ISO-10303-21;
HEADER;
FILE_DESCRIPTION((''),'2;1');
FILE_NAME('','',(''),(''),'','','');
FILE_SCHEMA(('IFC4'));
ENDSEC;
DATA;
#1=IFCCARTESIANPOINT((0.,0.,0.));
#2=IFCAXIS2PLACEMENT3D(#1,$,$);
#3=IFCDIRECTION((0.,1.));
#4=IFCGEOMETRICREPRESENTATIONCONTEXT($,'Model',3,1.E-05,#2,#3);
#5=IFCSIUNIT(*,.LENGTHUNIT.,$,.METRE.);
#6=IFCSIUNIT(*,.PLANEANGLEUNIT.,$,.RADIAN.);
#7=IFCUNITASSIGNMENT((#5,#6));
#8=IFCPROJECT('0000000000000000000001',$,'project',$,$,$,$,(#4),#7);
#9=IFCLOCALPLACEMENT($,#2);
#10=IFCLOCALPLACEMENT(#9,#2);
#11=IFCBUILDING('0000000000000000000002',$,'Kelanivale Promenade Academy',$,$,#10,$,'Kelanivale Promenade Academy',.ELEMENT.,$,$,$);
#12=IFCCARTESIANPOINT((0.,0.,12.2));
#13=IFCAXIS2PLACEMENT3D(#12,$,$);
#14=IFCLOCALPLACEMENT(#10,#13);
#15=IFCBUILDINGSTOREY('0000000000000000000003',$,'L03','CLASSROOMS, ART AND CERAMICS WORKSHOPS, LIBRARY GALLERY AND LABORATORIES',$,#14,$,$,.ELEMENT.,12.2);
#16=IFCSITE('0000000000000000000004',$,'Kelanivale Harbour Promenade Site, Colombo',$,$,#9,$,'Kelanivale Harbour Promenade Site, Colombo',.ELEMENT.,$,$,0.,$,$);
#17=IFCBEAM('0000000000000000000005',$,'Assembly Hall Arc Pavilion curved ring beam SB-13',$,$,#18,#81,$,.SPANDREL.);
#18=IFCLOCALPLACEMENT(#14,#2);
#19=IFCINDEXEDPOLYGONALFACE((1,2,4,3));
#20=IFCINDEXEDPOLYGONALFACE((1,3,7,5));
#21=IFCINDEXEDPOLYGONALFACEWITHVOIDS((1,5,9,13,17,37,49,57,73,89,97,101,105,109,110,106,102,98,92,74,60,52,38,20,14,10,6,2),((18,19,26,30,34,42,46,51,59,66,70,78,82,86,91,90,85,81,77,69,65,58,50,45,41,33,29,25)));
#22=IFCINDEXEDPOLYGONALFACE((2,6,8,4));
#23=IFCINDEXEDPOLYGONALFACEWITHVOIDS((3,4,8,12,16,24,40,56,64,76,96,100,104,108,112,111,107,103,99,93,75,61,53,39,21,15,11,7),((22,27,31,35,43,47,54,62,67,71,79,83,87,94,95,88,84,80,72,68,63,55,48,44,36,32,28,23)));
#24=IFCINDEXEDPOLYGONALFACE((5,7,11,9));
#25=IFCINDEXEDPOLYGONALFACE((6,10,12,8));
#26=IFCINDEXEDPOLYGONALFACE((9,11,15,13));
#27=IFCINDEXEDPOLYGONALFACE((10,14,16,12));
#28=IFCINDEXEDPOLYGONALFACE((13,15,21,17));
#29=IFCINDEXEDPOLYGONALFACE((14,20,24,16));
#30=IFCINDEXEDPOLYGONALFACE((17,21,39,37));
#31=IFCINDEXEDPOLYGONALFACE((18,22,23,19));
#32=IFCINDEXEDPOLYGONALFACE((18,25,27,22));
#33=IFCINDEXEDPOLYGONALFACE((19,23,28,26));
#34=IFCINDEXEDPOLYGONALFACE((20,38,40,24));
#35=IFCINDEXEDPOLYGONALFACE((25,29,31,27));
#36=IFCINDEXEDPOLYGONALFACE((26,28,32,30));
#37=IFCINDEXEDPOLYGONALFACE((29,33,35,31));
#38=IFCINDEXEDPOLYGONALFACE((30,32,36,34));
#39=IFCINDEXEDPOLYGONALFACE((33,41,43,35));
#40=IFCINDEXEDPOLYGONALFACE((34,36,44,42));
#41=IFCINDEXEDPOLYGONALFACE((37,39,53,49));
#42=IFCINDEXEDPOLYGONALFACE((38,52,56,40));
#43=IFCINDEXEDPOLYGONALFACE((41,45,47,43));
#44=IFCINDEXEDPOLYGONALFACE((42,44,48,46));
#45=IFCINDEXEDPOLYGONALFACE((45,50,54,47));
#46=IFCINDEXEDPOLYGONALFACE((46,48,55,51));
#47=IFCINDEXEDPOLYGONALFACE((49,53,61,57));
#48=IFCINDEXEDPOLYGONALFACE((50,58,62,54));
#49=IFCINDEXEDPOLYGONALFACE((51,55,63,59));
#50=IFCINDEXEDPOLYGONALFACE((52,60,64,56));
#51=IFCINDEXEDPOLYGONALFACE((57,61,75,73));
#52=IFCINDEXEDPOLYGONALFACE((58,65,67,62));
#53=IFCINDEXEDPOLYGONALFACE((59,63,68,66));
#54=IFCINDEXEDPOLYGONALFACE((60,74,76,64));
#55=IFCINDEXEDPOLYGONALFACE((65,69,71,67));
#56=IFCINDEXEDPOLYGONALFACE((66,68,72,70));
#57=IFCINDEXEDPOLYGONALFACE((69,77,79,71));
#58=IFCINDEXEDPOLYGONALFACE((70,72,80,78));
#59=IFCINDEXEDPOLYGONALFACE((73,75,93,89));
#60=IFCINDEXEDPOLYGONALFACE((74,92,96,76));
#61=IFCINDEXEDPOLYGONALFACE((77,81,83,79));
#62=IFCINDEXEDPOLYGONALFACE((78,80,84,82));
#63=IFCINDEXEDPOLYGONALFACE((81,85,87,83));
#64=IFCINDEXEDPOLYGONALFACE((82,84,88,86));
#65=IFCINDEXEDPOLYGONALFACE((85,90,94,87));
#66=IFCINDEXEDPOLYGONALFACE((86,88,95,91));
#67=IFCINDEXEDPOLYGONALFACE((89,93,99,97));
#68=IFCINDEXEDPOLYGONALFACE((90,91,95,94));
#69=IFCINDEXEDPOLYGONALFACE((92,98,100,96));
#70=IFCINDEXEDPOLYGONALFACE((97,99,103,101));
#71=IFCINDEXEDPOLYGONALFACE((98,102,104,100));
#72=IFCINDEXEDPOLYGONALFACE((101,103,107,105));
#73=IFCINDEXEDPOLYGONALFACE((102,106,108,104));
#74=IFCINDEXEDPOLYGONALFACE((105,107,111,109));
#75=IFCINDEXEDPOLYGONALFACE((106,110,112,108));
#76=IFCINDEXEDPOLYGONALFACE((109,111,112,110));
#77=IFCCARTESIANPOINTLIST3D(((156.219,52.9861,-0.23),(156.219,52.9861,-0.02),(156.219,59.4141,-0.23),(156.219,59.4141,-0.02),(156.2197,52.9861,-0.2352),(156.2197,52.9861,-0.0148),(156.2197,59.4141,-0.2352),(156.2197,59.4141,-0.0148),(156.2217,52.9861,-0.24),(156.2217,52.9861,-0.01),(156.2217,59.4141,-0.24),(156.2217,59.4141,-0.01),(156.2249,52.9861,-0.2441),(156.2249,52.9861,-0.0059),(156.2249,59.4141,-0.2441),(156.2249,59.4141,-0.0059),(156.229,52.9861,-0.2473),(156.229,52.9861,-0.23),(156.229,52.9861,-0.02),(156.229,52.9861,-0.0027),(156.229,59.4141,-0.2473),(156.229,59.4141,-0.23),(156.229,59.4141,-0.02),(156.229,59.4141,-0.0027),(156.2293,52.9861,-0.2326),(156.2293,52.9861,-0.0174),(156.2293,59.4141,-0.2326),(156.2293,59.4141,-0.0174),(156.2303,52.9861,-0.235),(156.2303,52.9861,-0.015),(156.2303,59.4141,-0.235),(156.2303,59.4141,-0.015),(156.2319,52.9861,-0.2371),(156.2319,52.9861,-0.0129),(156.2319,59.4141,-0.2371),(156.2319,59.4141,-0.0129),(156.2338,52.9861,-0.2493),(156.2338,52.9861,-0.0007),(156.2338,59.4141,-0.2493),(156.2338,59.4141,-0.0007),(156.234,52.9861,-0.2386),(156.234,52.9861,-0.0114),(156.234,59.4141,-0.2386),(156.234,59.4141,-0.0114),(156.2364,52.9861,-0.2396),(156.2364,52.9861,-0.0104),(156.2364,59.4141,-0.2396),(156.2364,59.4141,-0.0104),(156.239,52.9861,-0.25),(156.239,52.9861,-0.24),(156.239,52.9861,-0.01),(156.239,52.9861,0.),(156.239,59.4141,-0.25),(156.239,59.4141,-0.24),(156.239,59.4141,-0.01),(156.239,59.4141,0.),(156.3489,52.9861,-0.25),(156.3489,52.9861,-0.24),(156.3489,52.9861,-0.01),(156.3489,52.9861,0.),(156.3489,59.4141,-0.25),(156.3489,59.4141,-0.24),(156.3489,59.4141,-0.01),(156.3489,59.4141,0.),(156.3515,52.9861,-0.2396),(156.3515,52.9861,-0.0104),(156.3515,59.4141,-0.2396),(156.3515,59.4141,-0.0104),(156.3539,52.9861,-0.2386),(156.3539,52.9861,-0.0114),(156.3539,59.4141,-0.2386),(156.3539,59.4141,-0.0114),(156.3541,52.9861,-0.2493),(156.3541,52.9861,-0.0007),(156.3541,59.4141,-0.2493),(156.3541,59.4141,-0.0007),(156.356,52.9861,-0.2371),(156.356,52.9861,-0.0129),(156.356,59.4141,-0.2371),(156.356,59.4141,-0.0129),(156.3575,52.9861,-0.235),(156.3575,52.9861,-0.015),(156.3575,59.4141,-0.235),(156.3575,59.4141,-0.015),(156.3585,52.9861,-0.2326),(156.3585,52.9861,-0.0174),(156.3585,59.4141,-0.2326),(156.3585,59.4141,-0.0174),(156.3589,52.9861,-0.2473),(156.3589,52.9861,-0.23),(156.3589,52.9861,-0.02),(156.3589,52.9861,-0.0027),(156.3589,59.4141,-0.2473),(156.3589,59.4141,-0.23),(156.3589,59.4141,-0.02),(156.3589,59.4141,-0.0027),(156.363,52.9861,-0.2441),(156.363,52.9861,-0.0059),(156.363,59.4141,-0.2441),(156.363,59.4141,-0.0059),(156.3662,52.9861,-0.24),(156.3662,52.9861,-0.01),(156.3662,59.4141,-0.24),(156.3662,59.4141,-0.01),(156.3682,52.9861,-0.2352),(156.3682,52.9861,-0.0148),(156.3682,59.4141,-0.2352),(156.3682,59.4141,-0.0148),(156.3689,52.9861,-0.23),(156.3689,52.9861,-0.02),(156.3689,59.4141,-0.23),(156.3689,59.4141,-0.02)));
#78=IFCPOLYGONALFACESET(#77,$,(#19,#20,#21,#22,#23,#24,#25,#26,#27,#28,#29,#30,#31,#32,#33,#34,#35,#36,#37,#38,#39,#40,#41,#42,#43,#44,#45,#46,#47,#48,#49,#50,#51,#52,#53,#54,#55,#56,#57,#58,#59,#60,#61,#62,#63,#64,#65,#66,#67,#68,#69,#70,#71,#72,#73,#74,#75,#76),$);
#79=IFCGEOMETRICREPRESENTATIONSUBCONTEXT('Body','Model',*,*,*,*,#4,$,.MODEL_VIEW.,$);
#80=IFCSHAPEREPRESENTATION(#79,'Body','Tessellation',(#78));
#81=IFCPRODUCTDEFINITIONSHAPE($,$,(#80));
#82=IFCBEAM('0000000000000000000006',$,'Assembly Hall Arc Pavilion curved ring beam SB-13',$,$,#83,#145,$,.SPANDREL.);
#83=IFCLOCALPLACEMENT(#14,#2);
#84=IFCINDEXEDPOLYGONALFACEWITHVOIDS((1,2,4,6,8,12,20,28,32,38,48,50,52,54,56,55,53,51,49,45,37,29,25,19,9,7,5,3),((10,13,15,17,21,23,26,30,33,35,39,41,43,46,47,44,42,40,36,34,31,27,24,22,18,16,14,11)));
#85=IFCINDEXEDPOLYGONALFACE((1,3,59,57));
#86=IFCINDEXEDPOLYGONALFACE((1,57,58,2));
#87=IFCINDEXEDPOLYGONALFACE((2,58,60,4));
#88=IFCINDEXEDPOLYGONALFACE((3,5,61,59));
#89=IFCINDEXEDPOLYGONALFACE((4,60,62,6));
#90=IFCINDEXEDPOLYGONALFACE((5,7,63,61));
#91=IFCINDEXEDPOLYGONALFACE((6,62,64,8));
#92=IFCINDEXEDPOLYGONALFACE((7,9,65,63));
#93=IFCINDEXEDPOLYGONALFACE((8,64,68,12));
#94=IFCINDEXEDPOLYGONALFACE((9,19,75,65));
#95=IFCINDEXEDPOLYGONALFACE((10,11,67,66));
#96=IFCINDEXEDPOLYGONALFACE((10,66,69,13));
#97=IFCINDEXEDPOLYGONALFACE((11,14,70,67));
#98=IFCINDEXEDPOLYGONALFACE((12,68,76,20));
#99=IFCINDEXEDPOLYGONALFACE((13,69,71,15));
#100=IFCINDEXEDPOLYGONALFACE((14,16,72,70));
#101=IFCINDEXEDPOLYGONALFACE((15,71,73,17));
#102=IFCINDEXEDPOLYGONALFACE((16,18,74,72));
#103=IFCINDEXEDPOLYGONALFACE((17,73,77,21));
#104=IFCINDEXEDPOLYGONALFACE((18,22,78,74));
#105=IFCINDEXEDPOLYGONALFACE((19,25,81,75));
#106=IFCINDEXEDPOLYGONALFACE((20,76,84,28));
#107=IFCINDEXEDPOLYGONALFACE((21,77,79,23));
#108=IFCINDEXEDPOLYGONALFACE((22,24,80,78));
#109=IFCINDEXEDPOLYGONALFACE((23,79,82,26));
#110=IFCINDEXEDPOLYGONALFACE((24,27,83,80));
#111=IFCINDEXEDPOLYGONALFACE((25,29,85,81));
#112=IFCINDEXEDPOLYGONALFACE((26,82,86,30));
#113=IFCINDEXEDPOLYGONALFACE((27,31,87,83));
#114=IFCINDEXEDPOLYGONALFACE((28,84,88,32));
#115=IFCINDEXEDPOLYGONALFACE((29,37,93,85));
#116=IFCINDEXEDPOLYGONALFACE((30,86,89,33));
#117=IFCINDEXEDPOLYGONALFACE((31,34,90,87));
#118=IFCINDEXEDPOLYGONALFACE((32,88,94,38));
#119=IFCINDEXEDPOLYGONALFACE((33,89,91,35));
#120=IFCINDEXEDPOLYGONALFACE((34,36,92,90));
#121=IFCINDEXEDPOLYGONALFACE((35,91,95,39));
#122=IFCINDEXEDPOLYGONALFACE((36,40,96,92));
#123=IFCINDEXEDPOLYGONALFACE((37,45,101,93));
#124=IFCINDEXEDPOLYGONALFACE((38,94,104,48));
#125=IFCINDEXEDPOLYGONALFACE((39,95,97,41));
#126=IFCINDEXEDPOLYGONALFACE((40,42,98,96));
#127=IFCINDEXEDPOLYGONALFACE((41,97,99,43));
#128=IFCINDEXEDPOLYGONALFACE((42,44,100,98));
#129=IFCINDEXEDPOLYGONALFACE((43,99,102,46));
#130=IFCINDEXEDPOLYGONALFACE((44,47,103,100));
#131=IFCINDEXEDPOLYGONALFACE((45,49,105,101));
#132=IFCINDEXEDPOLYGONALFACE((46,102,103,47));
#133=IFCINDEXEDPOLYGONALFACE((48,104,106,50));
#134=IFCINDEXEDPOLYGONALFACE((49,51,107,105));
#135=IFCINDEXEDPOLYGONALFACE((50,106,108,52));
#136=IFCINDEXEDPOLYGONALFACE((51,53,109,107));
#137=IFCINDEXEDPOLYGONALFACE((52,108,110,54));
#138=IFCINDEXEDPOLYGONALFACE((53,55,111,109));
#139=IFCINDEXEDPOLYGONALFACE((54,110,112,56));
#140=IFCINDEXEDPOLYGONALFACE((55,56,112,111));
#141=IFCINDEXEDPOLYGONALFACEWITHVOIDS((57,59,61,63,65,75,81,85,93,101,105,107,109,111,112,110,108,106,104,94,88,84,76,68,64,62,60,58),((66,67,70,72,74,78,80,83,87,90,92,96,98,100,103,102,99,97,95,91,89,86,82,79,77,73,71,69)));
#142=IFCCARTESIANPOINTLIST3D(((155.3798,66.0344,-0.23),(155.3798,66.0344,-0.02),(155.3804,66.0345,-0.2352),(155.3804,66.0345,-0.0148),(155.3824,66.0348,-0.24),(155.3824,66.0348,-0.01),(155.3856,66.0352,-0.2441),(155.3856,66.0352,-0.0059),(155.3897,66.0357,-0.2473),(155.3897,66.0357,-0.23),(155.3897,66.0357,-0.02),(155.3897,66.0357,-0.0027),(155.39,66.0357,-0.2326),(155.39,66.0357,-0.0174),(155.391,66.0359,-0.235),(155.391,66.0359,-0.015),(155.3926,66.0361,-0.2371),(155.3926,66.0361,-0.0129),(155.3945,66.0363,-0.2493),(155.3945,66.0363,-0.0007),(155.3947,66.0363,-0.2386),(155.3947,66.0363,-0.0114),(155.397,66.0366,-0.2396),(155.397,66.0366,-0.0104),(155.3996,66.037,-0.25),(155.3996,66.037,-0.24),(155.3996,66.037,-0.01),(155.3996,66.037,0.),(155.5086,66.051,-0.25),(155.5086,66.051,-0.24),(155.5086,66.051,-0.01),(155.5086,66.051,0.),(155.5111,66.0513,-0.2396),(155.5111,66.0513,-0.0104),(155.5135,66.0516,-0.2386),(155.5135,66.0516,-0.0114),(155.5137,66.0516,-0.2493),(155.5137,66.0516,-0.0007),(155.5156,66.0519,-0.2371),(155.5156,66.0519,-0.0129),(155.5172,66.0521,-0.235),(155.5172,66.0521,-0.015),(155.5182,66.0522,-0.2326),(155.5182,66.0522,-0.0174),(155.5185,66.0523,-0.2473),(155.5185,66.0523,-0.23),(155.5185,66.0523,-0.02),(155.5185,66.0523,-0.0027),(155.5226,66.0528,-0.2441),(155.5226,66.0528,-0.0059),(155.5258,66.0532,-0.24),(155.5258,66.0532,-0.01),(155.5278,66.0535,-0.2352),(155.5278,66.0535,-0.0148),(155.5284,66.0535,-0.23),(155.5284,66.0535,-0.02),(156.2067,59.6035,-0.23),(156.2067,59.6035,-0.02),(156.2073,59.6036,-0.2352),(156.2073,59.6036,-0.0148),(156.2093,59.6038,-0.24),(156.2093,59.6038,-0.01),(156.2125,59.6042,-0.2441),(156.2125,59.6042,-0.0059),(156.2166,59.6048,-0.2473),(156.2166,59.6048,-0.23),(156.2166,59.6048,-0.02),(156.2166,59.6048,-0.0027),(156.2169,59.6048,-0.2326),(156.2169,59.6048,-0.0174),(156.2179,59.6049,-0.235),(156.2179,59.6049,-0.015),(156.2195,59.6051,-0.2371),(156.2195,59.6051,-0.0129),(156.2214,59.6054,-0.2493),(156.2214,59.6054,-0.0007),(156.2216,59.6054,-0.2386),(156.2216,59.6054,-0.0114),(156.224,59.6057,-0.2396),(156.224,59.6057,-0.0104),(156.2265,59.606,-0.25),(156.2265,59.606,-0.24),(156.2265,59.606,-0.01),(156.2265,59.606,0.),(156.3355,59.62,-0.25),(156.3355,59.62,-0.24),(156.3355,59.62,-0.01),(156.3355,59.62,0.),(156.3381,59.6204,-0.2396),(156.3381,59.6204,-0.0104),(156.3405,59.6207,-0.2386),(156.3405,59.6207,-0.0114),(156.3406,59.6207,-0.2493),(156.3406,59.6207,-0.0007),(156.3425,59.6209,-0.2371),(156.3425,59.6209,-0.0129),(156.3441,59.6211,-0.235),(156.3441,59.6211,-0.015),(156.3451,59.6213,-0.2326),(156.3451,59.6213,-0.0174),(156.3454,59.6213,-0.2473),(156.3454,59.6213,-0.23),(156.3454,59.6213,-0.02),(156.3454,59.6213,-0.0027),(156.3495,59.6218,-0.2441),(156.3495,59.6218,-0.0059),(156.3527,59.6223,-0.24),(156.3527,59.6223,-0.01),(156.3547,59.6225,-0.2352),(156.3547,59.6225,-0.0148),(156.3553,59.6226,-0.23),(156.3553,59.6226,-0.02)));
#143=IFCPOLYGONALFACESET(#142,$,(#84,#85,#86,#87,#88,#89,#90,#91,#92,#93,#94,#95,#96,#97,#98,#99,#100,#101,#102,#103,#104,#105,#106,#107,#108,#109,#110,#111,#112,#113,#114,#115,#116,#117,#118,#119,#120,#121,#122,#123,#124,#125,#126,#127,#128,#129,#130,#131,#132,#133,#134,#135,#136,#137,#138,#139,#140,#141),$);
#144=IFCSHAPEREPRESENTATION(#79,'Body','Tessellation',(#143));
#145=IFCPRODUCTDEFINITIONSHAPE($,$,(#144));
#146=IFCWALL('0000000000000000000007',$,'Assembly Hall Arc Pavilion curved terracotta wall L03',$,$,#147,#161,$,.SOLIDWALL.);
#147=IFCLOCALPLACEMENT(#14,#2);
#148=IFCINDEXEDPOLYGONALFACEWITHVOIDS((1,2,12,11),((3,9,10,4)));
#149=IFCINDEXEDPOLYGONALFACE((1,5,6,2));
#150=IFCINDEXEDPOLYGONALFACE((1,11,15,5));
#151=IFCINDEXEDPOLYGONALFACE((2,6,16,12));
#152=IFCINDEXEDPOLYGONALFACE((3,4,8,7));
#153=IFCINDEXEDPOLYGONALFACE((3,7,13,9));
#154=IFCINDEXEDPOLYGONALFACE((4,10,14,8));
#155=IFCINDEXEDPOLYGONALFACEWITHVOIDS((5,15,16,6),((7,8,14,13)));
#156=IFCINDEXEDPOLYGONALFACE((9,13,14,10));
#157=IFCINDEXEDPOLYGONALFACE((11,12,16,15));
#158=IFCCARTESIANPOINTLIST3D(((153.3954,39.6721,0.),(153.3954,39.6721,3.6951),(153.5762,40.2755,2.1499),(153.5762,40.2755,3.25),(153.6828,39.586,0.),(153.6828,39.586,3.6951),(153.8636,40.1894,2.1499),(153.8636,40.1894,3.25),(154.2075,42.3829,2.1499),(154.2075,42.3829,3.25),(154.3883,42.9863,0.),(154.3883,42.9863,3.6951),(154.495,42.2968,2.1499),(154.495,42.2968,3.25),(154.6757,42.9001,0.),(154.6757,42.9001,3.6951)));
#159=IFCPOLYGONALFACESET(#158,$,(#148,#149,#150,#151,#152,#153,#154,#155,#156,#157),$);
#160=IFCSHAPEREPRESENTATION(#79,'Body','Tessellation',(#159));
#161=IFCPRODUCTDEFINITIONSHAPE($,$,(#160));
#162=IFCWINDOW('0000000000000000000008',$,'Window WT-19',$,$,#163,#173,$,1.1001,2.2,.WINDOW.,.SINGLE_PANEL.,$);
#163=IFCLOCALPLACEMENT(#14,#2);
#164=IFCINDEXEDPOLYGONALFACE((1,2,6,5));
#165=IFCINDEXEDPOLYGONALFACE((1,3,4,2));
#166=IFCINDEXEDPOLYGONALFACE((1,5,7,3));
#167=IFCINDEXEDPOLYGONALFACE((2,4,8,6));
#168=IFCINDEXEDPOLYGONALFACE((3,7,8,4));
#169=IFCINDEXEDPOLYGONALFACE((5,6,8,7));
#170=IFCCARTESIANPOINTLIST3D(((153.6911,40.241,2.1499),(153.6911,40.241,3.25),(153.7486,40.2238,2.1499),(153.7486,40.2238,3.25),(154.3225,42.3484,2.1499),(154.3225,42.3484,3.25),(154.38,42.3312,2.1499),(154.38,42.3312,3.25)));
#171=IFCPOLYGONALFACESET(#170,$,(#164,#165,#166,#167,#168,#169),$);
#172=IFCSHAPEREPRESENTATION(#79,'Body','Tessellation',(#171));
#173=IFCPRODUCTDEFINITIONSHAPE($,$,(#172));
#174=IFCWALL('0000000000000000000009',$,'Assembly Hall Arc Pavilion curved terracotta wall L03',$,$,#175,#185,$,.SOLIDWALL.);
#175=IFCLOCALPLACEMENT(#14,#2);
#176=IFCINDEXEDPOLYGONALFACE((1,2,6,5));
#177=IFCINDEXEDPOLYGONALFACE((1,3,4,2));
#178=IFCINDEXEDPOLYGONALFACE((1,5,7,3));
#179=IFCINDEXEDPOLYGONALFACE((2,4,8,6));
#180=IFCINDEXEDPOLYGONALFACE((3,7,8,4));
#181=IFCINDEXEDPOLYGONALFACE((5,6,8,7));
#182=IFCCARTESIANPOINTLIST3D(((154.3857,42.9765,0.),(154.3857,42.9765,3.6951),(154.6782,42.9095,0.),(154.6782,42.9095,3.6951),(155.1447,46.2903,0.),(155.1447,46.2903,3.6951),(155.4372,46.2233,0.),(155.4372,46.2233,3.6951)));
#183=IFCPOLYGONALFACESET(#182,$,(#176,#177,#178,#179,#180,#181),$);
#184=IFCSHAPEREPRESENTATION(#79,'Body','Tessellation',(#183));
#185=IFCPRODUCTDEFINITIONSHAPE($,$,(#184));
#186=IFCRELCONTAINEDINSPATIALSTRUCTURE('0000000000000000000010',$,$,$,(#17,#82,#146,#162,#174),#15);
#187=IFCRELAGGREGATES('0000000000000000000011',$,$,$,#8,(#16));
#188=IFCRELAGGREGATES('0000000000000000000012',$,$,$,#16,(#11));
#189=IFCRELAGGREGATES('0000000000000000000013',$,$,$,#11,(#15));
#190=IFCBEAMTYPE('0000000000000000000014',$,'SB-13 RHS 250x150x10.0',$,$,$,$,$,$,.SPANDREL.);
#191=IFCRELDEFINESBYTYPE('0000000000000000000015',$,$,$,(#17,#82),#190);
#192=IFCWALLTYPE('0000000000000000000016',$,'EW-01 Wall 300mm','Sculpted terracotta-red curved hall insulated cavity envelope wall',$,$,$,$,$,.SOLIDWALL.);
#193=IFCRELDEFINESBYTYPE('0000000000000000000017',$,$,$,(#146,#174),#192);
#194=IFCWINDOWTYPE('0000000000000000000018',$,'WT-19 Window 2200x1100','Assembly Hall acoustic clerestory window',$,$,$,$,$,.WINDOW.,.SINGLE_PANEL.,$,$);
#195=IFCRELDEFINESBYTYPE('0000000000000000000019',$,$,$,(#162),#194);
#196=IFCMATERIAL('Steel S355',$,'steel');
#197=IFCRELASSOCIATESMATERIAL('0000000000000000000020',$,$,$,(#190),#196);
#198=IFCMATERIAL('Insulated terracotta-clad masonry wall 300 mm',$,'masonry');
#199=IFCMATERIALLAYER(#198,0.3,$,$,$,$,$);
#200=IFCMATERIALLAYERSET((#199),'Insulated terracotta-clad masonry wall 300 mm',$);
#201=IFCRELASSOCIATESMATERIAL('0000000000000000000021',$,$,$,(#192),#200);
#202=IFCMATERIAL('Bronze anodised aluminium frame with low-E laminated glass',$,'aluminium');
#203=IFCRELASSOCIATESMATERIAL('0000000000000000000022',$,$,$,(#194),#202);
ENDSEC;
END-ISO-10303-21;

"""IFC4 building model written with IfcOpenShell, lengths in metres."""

from ifc_helpers import new_model, si_unit, direction, frame, frame_2d, origin, origin_2d, place, context, subcontext, project, spatial, rectangle, hollow_rectangle, extrude, material, layer, layer_set, material_profile, profile_set, type_object, element, fill, save


model = new_model("IFC4")

# Units and contexts
model_context = context("Model", 3, precision=1e-05, world=origin(), true_north=direction((0.0, 1.0)))
body_context = subcontext(model_context, "Body", "Model", "MODEL_VIEW")
ifc_project = project(units=[si_unit("LENGTHUNIT", "METRE"), si_unit("PLANEANGLEUNIT", "RADIAN")], contexts=[model_context])

# Site, building, storey
site_placement = place(None, origin())
site = spatial("IfcSite", under=ifc_project, at=site_placement, Name="Kelanivale Harbour Promenade Site, Colombo", LongName="Kelanivale Harbour Promenade Site, Colombo", CompositionType="ELEMENT", RefElevation=0.0)
building_placement = place(site_placement, origin())
building = spatial("IfcBuilding", under=site, at=building_placement, Name="Kelanivale Promenade Academy", LongName="Kelanivale Promenade Academy", CompositionType="ELEMENT")
storey_placement = place(building_placement, frame((0.0, 0.0, 12.2)))
storey = spatial("IfcBuildingStorey", under=building, at=storey_placement, Name="L03", Description="CLASSROOMS, ART AND CERAMICS WORKSHOPS, LIBRARY GALLERY AND LABORATORIES", CompositionType="ELEMENT", Elevation=12.2)

# Shared definitions
ifc_material_1 = material(Name="Steel S355", Category="steel")

# Beams
ifc_material_profile_1 = material_profile(ifc_material_1, hollow_rectangle(XDim=0.1499, YDim=0.25, WallThickness=0.01, InnerFilletRadius=0.01, OuterFilletRadius=0.02, at=origin_2d()), Name="RHS 250x150x10.0")
ifc_profile_set_1 = profile_set([ifc_material_profile_1], Name="Steel S355")
beam_type = type_object("IfcBeamType", Name="SB-13 RHS 250x150x10.0", PredefinedType="SPANDREL", material=ifc_profile_set_1)
beam_1_placement = place(storey_placement, frame((156.2939, 52.9861, -0.125), z_axis=(0.0, 1.0, 0.0), x_axis=(-1.0, 0.0, 0.0)))
element("IfcBeam", 1, at=beam_1_placement, inside=storey, type_object=beam_type, Name="Assembly Hall Arc Pavilion curved ring beam SB-13", PredefinedType="SPANDREL", context=body_context, shape_type="SweptSolid", body=[
    extrude(hollow_rectangle(XDim=0.1499, YDim=0.25, WallThickness=0.01, InnerFilletRadius=0.01, OuterFilletRadius=0.02, at=origin_2d()), origin(), (0.0, 0.0, 1.0), 6.428),
])
beam_2_placement = place(storey_placement, frame((156.281, 59.613, -0.125), z_axis=(-0.127533, 0.991834, 0.0), x_axis=(-0.991834, -0.127533, 0.0)))
element("IfcBeam", 2, at=beam_2_placement, inside=storey, type_object=beam_type, Name="Assembly Hall Arc Pavilion curved ring beam SB-13", PredefinedType="SPANDREL", context=body_context, shape_type="SweptSolid", body=[
    extrude(hollow_rectangle(XDim=0.1499, YDim=0.25, WallThickness=0.01, InnerFilletRadius=0.01, OuterFilletRadius=0.02, at=origin_2d()), origin(), (0.0, 0.0, 1.0), 6.4839),
])

# Wall, opening, window
ifc_material_2 = material(Name="Insulated terracotta-clad masonry wall 300 mm", Category="masonry")
ifc_layer_1 = layer(ifc_material_2, 0.3)
ifc_layer_set_1 = layer_set([ifc_layer_1], Name="Insulated terracotta-clad masonry wall 300 mm")
wall_type = type_object("IfcWallType", Name="EW-01 Wall 300mm", Description="Sculpted terracotta-red curved hall insulated cavity envelope wall", PredefinedType="SOLIDWALL", material=ifc_layer_set_1)
wall_1_placement = place(storey_placement, frame((153.5391, 39.6289, 0.0), z_axis=(0.0, 0.0, 1.0), x_axis=(0.286992, 0.957933, 0.0)))
wall_1 = element("IfcWall", 3, at=wall_1_placement, inside=storey, type_object=wall_type, Name="Assembly Hall Arc Pavilion curved terracotta wall L03", PredefinedType="SOLIDWALL", context=body_context, shape_type="SweptSolid", body=[
    extrude(rectangle(XDim=3.4597, YDim=0.3, at=frame_2d((1.73, 0.0))), origin(), (0.0, 0.0, 1.0), 3.6951),
])
opening_1_placement = place(wall_1_placement, frame((0.6299, 0.0, 2.1499)))
opening_1 = element("IfcOpeningElement", 4, at=opening_1_placement, cuts=wall_1, PredefinedType="OPENING", context=body_context, shape_type="SweptSolid", body=[
    extrude(rectangle(XDim=2.2, YDim=1.1001, at=frame_2d((1.1001, 0.55))), frame((0.0, 0.1602, 0.0), z_axis=(0.0, -1.0, 0.0), x_axis=(1.0, 0.0, 0.0)), (0.0, 0.0, 1.0), 0.3201),
])
ifc_material_3 = material(Name="Bronze anodised aluminium frame with low-E laminated glass", Category="aluminium")
window_type = type_object("IfcWindowType", Name="WT-19 Window 2200x1100", Description="Assembly Hall acoustic clerestory window", PartitioningType="SINGLE_PANEL", PredefinedType="WINDOW", material=ifc_material_3)
window_1_placement = place(opening_1_placement, origin())
window_1 = element("IfcWindow", 5, at=window_1_placement, inside=storey, type_object=window_type, Name="Window WT-19", OverallHeight=1.1001, OverallWidth=2.2, PartitioningType="SINGLE_PANEL", PredefinedType="WINDOW", context=body_context, shape_type="SweptSolid", body=[
    extrude(rectangle(XDim=2.2, YDim=1.1001, at=frame_2d((1.1001, 0.55))), frame((0.0, 0.03, 0.0), z_axis=(0.0, -1.0, 0.0), x_axis=(1.0, 0.0, 0.0)), (0.0, 0.0, 1.0), 0.0601),
])
fill(opening_1, window_1)

# Wall
wall_2_placement = place(storey_placement, frame((154.532, 42.9431, 0.0), z_axis=(0.0, 0.0, 1.0), x_axis=(0.22326, 0.974759, 0.0)))
element("IfcWall", 6, at=wall_2_placement, inside=storey, type_object=wall_type, Name="Assembly Hall Arc Pavilion curved terracotta wall L03", PredefinedType="SOLIDWALL", context=body_context, shape_type="SweptSolid", body=[
    extrude(rectangle(XDim=3.3997, YDim=0.3, at=frame_2d((1.6997, 0.0))), origin(), (0.0, 0.0, 1.0), 3.6951),
])

save(model, "model.ifc")
